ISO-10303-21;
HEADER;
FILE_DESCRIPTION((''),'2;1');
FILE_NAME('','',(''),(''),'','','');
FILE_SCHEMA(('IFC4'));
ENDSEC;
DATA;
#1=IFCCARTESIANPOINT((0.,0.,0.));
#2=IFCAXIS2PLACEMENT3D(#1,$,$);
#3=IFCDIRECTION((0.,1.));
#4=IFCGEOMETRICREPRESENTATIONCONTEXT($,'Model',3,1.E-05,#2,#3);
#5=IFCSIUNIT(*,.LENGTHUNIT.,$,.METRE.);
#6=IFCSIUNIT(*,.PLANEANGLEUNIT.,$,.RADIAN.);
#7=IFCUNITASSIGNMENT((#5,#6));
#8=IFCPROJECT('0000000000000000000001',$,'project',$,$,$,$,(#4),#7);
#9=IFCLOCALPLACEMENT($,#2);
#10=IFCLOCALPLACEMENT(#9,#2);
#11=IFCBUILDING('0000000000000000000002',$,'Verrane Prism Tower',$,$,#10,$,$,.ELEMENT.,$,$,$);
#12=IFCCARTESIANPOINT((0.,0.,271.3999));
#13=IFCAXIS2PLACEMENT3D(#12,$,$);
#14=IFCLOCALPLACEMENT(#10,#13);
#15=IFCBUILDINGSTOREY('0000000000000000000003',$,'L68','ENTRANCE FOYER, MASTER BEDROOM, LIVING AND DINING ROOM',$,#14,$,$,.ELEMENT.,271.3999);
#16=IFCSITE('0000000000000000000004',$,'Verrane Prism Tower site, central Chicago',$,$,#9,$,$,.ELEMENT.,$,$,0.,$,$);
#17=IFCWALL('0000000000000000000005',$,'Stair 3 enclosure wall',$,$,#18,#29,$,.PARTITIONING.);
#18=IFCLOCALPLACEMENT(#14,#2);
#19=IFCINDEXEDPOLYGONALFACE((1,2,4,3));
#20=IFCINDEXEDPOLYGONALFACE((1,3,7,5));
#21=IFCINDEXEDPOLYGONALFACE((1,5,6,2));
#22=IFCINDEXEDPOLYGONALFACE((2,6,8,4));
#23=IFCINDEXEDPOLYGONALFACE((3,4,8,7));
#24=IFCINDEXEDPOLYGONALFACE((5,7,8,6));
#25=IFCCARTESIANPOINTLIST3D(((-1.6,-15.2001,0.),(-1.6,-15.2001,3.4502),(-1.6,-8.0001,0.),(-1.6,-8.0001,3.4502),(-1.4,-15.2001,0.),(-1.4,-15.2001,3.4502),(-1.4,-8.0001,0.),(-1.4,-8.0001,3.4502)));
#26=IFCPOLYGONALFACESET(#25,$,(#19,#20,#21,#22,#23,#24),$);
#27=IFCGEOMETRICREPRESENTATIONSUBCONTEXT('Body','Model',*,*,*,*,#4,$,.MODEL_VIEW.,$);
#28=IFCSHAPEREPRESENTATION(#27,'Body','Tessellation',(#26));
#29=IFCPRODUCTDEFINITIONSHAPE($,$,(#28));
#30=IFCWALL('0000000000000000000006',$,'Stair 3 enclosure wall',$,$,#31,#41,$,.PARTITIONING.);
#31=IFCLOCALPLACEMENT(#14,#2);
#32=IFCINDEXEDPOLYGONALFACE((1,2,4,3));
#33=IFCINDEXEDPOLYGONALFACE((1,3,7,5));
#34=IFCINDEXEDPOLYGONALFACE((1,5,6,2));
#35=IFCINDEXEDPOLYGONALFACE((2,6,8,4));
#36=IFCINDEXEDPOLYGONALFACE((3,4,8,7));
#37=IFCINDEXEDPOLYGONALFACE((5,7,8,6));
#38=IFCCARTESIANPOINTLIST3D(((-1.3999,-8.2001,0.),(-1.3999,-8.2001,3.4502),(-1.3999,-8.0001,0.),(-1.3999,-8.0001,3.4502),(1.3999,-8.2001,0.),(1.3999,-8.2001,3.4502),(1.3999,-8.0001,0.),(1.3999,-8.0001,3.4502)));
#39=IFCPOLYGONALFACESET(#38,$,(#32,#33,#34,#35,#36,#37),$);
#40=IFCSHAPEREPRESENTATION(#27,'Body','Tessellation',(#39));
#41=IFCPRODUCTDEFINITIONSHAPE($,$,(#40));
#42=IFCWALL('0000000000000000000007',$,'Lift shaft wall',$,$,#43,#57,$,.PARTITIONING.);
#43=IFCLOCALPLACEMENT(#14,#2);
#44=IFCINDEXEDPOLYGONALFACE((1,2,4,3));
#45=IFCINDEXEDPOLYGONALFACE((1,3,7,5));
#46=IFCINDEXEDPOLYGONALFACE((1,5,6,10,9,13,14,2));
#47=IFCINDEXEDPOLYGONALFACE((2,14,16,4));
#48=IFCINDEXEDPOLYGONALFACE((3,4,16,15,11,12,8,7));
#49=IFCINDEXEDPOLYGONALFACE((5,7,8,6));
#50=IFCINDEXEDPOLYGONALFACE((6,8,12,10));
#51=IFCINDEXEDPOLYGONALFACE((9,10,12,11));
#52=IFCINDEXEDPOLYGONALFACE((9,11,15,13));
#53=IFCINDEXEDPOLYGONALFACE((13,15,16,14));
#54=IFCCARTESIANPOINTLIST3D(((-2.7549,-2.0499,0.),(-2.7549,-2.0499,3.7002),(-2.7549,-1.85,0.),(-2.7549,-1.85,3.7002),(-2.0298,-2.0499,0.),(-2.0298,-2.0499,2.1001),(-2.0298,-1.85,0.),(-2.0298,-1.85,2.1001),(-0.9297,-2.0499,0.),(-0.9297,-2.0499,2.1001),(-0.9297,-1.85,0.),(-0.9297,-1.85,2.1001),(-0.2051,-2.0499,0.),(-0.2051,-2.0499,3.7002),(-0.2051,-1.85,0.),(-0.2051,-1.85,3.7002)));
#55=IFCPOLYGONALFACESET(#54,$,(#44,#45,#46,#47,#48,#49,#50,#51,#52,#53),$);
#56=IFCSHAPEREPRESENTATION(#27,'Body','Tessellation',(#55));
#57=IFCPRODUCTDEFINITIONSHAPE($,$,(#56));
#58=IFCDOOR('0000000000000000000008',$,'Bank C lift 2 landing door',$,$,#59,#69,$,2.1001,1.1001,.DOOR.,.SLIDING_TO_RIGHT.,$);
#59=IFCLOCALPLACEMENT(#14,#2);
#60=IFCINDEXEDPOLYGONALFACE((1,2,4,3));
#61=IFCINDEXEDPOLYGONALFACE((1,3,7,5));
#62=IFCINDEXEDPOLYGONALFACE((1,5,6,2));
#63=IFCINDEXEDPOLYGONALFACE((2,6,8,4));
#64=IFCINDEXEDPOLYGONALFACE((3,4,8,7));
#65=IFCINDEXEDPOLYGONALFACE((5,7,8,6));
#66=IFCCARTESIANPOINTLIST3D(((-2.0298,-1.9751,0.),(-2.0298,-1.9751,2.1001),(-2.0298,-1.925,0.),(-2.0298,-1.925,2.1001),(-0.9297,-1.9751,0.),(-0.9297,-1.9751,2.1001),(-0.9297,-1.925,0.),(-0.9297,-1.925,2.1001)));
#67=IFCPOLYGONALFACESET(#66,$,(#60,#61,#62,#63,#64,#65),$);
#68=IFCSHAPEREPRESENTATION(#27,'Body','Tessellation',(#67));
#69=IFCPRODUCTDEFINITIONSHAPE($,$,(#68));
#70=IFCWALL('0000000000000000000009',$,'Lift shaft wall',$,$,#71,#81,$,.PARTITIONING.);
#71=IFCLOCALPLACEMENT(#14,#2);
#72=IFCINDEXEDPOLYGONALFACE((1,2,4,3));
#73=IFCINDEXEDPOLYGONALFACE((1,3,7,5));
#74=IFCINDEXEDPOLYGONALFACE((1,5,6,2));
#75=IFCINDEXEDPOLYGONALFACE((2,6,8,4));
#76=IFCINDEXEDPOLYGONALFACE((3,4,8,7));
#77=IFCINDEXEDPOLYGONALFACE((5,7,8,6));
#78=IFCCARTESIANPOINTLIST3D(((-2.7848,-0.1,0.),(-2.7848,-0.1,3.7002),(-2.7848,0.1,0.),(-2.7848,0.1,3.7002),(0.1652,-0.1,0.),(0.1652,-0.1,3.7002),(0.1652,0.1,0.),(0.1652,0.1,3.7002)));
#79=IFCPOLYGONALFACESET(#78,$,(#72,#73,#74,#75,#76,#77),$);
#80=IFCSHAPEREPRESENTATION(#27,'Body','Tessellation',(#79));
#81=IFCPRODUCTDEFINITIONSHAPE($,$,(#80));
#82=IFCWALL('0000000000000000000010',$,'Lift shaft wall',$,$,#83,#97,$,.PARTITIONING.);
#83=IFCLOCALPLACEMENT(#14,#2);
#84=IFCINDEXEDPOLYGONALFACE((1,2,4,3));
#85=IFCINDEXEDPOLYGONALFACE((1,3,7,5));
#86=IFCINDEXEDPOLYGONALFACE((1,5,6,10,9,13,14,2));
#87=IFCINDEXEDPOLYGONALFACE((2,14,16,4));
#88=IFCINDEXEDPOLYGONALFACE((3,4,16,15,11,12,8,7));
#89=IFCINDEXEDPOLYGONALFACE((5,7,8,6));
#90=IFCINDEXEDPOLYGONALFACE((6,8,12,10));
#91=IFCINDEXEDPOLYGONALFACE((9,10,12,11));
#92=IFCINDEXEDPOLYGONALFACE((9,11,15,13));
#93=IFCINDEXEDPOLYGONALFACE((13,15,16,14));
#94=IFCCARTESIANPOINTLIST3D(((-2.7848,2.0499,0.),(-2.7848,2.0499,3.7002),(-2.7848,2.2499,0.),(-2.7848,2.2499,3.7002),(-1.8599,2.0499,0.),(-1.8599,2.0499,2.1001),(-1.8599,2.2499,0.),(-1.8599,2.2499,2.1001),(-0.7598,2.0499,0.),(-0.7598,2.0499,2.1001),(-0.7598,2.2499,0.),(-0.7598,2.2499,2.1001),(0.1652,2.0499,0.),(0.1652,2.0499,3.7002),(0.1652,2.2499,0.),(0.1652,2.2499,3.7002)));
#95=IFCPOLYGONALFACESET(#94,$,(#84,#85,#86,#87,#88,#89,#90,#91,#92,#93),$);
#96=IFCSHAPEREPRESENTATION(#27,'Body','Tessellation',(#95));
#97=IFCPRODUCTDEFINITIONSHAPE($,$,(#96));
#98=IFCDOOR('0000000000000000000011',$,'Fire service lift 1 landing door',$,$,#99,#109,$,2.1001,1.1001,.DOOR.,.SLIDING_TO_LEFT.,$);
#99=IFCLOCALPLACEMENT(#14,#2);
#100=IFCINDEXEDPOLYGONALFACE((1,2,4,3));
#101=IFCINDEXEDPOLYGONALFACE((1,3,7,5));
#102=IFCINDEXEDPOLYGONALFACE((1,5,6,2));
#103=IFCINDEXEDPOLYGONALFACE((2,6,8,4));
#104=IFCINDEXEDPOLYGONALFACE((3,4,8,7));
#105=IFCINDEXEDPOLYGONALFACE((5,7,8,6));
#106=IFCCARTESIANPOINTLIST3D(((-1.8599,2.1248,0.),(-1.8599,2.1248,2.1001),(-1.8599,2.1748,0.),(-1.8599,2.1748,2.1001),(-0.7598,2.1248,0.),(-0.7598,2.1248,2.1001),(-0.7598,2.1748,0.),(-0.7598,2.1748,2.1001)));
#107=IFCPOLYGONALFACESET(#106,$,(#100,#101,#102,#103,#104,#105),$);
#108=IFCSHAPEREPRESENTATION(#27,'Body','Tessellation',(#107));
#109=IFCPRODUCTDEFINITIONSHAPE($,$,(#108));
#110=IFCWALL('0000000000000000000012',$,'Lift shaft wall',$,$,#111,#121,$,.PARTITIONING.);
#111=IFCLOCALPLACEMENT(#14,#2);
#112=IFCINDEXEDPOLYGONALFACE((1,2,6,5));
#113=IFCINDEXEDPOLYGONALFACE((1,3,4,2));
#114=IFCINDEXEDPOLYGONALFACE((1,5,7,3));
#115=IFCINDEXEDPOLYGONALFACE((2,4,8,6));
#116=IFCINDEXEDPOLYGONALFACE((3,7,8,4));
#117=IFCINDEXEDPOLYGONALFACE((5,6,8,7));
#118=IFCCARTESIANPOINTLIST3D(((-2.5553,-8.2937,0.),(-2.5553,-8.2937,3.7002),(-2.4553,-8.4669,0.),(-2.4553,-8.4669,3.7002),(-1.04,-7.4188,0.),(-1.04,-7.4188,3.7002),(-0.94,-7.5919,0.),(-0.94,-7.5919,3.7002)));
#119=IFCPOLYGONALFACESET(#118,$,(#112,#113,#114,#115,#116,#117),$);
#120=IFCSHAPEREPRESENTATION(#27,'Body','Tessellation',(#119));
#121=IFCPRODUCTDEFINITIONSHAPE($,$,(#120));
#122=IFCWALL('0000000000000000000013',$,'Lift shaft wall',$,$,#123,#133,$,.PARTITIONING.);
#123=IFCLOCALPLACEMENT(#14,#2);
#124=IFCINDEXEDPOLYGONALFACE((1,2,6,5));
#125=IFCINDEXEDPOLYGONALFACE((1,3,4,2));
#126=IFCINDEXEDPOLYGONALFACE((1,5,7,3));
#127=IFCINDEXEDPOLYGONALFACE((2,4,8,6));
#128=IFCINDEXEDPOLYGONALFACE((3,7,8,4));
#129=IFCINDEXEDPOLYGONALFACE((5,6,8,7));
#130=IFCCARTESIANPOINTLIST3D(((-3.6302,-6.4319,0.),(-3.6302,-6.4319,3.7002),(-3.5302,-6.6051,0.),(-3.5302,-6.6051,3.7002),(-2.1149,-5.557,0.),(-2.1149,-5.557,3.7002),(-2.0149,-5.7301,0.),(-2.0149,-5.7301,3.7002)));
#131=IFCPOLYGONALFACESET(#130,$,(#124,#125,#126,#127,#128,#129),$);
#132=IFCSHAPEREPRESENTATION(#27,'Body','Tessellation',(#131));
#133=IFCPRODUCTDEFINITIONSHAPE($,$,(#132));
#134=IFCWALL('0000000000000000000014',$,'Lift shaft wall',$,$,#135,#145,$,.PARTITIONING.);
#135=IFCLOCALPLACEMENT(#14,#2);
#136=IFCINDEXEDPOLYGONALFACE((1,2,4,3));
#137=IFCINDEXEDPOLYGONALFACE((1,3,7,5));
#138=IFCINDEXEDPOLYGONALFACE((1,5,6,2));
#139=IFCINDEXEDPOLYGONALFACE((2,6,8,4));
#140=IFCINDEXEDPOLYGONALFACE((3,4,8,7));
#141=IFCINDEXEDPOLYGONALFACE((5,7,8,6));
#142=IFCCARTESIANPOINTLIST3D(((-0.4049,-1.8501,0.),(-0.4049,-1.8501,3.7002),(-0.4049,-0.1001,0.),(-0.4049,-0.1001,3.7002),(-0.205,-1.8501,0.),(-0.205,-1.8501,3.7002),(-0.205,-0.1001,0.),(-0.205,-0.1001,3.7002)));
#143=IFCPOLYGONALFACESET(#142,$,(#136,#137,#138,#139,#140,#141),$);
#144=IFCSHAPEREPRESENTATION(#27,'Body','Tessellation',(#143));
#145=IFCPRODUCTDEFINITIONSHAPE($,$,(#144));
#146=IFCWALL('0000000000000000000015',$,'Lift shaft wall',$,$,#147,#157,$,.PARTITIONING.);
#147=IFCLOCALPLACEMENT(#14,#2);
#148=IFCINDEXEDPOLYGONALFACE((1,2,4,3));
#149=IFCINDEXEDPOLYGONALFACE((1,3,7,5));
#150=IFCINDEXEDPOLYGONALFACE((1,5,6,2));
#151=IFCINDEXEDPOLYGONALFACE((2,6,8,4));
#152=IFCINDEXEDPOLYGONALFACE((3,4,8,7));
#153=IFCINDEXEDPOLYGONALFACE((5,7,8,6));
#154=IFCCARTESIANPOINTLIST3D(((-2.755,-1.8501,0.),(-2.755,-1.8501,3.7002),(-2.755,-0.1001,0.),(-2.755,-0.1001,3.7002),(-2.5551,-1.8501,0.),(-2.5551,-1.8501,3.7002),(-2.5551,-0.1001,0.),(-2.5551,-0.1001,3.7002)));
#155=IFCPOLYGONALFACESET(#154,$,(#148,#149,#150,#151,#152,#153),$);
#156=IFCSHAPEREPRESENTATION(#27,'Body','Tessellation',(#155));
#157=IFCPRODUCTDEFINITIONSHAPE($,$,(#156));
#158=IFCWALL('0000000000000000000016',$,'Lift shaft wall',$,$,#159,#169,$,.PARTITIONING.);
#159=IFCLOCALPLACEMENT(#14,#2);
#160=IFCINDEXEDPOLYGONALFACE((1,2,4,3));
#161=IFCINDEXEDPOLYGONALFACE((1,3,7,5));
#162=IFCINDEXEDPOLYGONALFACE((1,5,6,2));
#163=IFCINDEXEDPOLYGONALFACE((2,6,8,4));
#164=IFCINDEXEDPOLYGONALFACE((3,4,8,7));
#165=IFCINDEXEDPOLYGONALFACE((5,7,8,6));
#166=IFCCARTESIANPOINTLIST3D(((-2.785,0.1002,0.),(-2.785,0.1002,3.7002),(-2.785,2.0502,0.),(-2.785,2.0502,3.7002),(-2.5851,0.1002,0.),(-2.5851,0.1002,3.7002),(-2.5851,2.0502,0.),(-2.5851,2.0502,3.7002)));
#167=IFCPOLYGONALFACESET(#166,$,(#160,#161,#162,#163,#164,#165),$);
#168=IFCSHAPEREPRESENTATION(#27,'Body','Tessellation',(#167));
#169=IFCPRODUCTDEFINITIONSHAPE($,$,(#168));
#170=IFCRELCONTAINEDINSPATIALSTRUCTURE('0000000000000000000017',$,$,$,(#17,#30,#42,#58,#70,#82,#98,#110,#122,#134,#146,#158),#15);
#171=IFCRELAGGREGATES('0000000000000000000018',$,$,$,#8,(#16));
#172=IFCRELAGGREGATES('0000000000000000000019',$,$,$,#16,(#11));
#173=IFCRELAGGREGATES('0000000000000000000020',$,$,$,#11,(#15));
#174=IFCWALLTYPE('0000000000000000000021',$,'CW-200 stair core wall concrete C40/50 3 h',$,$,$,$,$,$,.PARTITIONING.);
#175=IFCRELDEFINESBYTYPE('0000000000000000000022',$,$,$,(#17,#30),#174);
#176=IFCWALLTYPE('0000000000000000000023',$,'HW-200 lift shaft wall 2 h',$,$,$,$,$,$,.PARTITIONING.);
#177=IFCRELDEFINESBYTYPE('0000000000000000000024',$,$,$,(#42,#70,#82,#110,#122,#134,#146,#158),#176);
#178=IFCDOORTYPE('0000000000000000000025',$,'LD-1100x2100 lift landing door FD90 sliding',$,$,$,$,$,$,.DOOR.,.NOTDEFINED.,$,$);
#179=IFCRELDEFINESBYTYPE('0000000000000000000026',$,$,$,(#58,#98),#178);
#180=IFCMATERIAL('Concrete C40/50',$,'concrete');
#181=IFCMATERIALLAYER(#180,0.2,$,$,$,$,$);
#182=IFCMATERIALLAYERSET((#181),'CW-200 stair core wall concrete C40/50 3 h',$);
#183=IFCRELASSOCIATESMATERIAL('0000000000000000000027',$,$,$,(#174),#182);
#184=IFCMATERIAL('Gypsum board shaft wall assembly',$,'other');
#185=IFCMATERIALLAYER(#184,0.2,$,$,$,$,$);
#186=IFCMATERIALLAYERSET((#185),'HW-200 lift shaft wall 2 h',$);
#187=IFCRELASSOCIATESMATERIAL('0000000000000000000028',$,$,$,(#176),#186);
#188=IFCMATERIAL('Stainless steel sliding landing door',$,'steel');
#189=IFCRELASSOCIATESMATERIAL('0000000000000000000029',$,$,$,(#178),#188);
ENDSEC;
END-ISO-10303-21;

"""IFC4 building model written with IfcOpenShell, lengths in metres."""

from ifc_helpers import new_model, si_unit, direction, frame, frame_2d, origin, place, context, subcontext, project, spatial, rectangle, extrude, material, layer, layer_set, type_object, element, fill, save


model = new_model("IFC4")

# Units and contexts
model_context = context("Model", 3, precision=1e-05, world=origin(), true_north=direction((0.0, 1.0)))
body_context = subcontext(model_context, "Body", "Model", "MODEL_VIEW")
ifc_project = project(units=[si_unit("LENGTHUNIT", "METRE"), si_unit("PLANEANGLEUNIT", "RADIAN")], contexts=[model_context])

# Site, building, storey
site_placement = place(None, origin())
site = spatial("IfcSite", under=ifc_project, at=site_placement, Name="Verrane Prism Tower site, central Chicago", CompositionType="ELEMENT", RefElevation=0.0)
building_placement = place(site_placement, origin())
building = spatial("IfcBuilding", under=site, at=building_placement, Name="Verrane Prism Tower", CompositionType="ELEMENT")
storey_placement = place(building_placement, frame((0.0, 0.0, 271.3999)))
storey = spatial("IfcBuildingStorey", under=building, at=storey_placement, Name="L68", Description="ENTRANCE FOYER, MASTER BEDROOM, LIVING AND DINING ROOM", CompositionType="ELEMENT", Elevation=271.3999)

# Walls
ifc_material_1 = material(Name="Concrete C40/50", Category="concrete")
ifc_layer_1 = layer(ifc_material_1, 0.2)
ifc_layer_set_1 = layer_set([ifc_layer_1], Name="CW-200 stair core wall concrete C40/50 3 h")
wall_type_1 = type_object("IfcWallType", Name="CW-200 stair core wall concrete C40/50 3 h", PredefinedType="PARTITIONING", material=ifc_layer_set_1)
wall_1_placement = place(storey_placement, frame((-1.5, -8.0, 0.0), z_axis=(0.0, 0.0, 1.0), x_axis=(0.0, -1.0, 0.0)))
element("IfcWall", 1, at=wall_1_placement, inside=storey, type_object=wall_type_1, Name="Stair 3 enclosure wall", PredefinedType="PARTITIONING", context=body_context, shape_type="SweptSolid", body=[
    extrude(rectangle(XDim=7.2, YDim=0.2, at=frame_2d((3.6001, 0.0))), origin(), (0.0, 0.0, 1.0), 3.4502),
])
wall_2_placement = place(storey_placement, frame((-1.3999, -8.1001, 0.0), z_axis=(0.0, 0.0, 1.0), x_axis=(1.0, 0.0, 0.0)))
element("IfcWall", 2, at=wall_2_placement, inside=storey, type_object=wall_type_1, Name="Stair 3 enclosure wall", PredefinedType="PARTITIONING", context=body_context, shape_type="SweptSolid", body=[
    extrude(rectangle(XDim=2.7998, YDim=0.2, at=frame_2d((1.3999, 0.0))), origin(), (0.0, 0.0, 1.0), 3.4502),
])

# Wall, opening, door
ifc_material_2 = material(Name="Gypsum board shaft wall assembly", Category="other")
ifc_layer_2 = layer(ifc_material_2, 0.2)
ifc_layer_set_2 = layer_set([ifc_layer_2], Name="HW-200 lift shaft wall 2 h")
wall_type_2 = type_object("IfcWallType", Name="HW-200 lift shaft wall 2 h", PredefinedType="PARTITIONING", material=ifc_layer_set_2)
wall_3_placement = place(storey_placement, frame((-2.7549, -1.95, 0.0), z_axis=(0.0, 0.0, 1.0), x_axis=(1.0, 0.0, 0.0)))
wall_3 = element("IfcWall", 3, at=wall_3_placement, inside=storey, type_object=wall_type_2, Name="Lift shaft wall", PredefinedType="PARTITIONING", context=body_context, shape_type="SweptSolid", body=[
    extrude(rectangle(XDim=2.5498, YDim=0.2, at=frame_2d((1.2749, 0.0))), origin(), (0.0, 0.0, 1.0), 3.7002),
])
opening_1_placement = place(wall_3_placement, frame((0.7251, 0.0, 0.0)))
opening_1 = element("IfcOpeningElement", 4, at=opening_1_placement, cuts=wall_3, PredefinedType="OPENING", context=body_context, shape_type="SweptSolid", body=[
    extrude(rectangle(XDim=1.1001, YDim=2.1001, at=frame_2d((0.55, 1.05))), frame((0.0, 0.1099, 0.0), z_axis=(0.0, -1.0, 0.0), x_axis=(1.0, 0.0, 0.0)), (0.0, 0.0, 1.0), 0.22),
])
ifc_material_3 = material(Name="Stainless steel sliding landing door", Category="steel")
door_type_1 = type_object("IfcDoorType", Name="LD-1100x2100 lift landing door FD90 sliding", OperationType="NOTDEFINED", PredefinedType="DOOR", material=ifc_material_3)
door_1_placement = place(opening_1_placement, origin())
door_1 = element("IfcDoor", 5, at=door_1_placement, inside=storey, type_object=door_type_1, Name="Bank C lift 2 landing door", OperationType="SLIDING_TO_RIGHT", OverallHeight=2.1001, OverallWidth=1.1001, PredefinedType="DOOR", context=body_context, shape_type="SweptSolid", body=[
    extrude(rectangle(XDim=1.1001, YDim=2.1001, at=frame_2d((0.55, 1.05))), frame((0.0, 0.0249, 0.0), z_axis=(0.0, -1.0, 0.0), x_axis=(1.0, 0.0, 0.0)), (0.0, 0.0, 1.0), 0.05),
])
fill(opening_1, door_1)

# Wall
wall_4_placement = place(storey_placement, frame((-2.7849, 0.0, 0.0), z_axis=(0.0, 0.0, 1.0), x_axis=(1.0, 0.0, 0.0)))
element("IfcWall", 6, at=wall_4_placement, inside=storey, type_object=wall_type_2, Name="Lift shaft wall", PredefinedType="PARTITIONING", context=body_context, shape_type="SweptSolid", body=[
    extrude(rectangle(XDim=2.95, YDim=0.2, at=frame_2d((1.4751, 0.0))), origin(), (0.0, 0.0, 1.0), 3.7002),
])

# Wall, opening, door
wall_5_placement = place(storey_placement, frame((-2.7849, 2.1499, 0.0), z_axis=(0.0, 0.0, 1.0), x_axis=(1.0, 0.0, 0.0)))
wall_5 = element("IfcWall", 7, at=wall_5_placement, inside=storey, type_object=wall_type_2, Name="Lift shaft wall", PredefinedType="PARTITIONING", context=body_context, shape_type="SweptSolid", body=[
    extrude(rectangle(XDim=2.95, YDim=0.2, at=frame_2d((1.4751, 0.0))), origin(), (0.0, 0.0, 1.0), 3.7002),
])
opening_2_placement = place(wall_5_placement, frame((0.925, 0.0, 0.0)))
opening_2 = element("IfcOpeningElement", 8, at=opening_2_placement, cuts=wall_5, PredefinedType="OPENING", context=body_context, shape_type="SweptSolid", body=[
    extrude(rectangle(XDim=1.1001, YDim=2.1001, at=frame_2d((0.55, 1.05))), frame((0.0, 0.1099, 0.0), z_axis=(0.0, -1.0, 0.0), x_axis=(1.0, 0.0, 0.0)), (0.0, 0.0, 1.0), 0.22),
])
door_2_placement = place(opening_2_placement, origin())
door_2 = element("IfcDoor", 9, at=door_2_placement, inside=storey, type_object=door_type_1, Name="Fire service lift 1 landing door", OperationType="SLIDING_TO_LEFT", OverallHeight=2.1001, OverallWidth=1.1001, PredefinedType="DOOR", context=body_context, shape_type="SweptSolid", body=[
    extrude(rectangle(XDim=1.1001, YDim=2.1001, at=frame_2d((0.55, 1.05))), frame((0.0, 0.0249, 0.0), z_axis=(0.0, -1.0, 0.0), x_axis=(1.0, 0.0, 0.0)), (0.0, 0.0, 1.0), 0.05),
])
fill(opening_2, door_2)

# Walls
for number, where, z_axis, x_axis, name in (
    (10, (-2.5054, -8.3804, 0.0), (0.0, 0.0, 1.0), (0.866002, 0.50004, 0.0), "Lift shaft wall"),
    (11, (-3.5803, -6.5186, 0.0), (0.0, 0.0, 1.0), (0.866002, 0.50004, 0.0), "Lift shaft wall"),
):
    element("IfcWall", number, at=place(storey_placement, frame(where, z_axis=z_axis, x_axis=x_axis)), inside=storey, type_object=wall_type_2, Name=name, PredefinedType="PARTITIONING", context=body_context, shape_type="SweptSolid", body=[
        extrude(rectangle(XDim=1.7498, YDim=0.2, at=frame_2d((0.875, 0.0))), origin(), (0.0, 0.0, 1.0), 3.7002),
    ])
for number, where, z_axis, x_axis, name in (
    (12, (-0.3049, -1.8501, 0.0), (0.0, 0.0, 1.0), (0.0, 1.0, 0.0), "Lift shaft wall"),
    (13, (-2.655, -1.8501, 0.0), (0.0, 0.0, 1.0), (0.0, 1.0, 0.0), "Lift shaft wall"),
):
    element("IfcWall", number, at=place(storey_placement, frame(where, z_axis=z_axis, x_axis=x_axis)), inside=storey, type_object=wall_type_2, Name=name, PredefinedType="PARTITIONING", context=body_context, shape_type="SweptSolid", body=[
        extrude(rectangle(XDim=1.75, YDim=0.2, at=frame_2d((0.875, 0.0))), origin(), (0.0, 0.0, 1.0), 3.7002),
    ])
wall_6_placement = place(storey_placement, frame((-2.6851, 0.1001, 0.0), z_axis=(0.0, 0.0, 1.0), x_axis=(0.0, 1.0, 0.0)))
element("IfcWall", 14, at=wall_6_placement, inside=storey, type_object=wall_type_2, Name="Lift shaft wall", PredefinedType="PARTITIONING", context=body_context, shape_type="SweptSolid", body=[
    extrude(rectangle(XDim=1.95, YDim=0.2, at=frame_2d((0.9751, 0.0))), origin(), (0.0, 0.0, 1.0), 3.7002),
])

save(model, "model.ifc")
